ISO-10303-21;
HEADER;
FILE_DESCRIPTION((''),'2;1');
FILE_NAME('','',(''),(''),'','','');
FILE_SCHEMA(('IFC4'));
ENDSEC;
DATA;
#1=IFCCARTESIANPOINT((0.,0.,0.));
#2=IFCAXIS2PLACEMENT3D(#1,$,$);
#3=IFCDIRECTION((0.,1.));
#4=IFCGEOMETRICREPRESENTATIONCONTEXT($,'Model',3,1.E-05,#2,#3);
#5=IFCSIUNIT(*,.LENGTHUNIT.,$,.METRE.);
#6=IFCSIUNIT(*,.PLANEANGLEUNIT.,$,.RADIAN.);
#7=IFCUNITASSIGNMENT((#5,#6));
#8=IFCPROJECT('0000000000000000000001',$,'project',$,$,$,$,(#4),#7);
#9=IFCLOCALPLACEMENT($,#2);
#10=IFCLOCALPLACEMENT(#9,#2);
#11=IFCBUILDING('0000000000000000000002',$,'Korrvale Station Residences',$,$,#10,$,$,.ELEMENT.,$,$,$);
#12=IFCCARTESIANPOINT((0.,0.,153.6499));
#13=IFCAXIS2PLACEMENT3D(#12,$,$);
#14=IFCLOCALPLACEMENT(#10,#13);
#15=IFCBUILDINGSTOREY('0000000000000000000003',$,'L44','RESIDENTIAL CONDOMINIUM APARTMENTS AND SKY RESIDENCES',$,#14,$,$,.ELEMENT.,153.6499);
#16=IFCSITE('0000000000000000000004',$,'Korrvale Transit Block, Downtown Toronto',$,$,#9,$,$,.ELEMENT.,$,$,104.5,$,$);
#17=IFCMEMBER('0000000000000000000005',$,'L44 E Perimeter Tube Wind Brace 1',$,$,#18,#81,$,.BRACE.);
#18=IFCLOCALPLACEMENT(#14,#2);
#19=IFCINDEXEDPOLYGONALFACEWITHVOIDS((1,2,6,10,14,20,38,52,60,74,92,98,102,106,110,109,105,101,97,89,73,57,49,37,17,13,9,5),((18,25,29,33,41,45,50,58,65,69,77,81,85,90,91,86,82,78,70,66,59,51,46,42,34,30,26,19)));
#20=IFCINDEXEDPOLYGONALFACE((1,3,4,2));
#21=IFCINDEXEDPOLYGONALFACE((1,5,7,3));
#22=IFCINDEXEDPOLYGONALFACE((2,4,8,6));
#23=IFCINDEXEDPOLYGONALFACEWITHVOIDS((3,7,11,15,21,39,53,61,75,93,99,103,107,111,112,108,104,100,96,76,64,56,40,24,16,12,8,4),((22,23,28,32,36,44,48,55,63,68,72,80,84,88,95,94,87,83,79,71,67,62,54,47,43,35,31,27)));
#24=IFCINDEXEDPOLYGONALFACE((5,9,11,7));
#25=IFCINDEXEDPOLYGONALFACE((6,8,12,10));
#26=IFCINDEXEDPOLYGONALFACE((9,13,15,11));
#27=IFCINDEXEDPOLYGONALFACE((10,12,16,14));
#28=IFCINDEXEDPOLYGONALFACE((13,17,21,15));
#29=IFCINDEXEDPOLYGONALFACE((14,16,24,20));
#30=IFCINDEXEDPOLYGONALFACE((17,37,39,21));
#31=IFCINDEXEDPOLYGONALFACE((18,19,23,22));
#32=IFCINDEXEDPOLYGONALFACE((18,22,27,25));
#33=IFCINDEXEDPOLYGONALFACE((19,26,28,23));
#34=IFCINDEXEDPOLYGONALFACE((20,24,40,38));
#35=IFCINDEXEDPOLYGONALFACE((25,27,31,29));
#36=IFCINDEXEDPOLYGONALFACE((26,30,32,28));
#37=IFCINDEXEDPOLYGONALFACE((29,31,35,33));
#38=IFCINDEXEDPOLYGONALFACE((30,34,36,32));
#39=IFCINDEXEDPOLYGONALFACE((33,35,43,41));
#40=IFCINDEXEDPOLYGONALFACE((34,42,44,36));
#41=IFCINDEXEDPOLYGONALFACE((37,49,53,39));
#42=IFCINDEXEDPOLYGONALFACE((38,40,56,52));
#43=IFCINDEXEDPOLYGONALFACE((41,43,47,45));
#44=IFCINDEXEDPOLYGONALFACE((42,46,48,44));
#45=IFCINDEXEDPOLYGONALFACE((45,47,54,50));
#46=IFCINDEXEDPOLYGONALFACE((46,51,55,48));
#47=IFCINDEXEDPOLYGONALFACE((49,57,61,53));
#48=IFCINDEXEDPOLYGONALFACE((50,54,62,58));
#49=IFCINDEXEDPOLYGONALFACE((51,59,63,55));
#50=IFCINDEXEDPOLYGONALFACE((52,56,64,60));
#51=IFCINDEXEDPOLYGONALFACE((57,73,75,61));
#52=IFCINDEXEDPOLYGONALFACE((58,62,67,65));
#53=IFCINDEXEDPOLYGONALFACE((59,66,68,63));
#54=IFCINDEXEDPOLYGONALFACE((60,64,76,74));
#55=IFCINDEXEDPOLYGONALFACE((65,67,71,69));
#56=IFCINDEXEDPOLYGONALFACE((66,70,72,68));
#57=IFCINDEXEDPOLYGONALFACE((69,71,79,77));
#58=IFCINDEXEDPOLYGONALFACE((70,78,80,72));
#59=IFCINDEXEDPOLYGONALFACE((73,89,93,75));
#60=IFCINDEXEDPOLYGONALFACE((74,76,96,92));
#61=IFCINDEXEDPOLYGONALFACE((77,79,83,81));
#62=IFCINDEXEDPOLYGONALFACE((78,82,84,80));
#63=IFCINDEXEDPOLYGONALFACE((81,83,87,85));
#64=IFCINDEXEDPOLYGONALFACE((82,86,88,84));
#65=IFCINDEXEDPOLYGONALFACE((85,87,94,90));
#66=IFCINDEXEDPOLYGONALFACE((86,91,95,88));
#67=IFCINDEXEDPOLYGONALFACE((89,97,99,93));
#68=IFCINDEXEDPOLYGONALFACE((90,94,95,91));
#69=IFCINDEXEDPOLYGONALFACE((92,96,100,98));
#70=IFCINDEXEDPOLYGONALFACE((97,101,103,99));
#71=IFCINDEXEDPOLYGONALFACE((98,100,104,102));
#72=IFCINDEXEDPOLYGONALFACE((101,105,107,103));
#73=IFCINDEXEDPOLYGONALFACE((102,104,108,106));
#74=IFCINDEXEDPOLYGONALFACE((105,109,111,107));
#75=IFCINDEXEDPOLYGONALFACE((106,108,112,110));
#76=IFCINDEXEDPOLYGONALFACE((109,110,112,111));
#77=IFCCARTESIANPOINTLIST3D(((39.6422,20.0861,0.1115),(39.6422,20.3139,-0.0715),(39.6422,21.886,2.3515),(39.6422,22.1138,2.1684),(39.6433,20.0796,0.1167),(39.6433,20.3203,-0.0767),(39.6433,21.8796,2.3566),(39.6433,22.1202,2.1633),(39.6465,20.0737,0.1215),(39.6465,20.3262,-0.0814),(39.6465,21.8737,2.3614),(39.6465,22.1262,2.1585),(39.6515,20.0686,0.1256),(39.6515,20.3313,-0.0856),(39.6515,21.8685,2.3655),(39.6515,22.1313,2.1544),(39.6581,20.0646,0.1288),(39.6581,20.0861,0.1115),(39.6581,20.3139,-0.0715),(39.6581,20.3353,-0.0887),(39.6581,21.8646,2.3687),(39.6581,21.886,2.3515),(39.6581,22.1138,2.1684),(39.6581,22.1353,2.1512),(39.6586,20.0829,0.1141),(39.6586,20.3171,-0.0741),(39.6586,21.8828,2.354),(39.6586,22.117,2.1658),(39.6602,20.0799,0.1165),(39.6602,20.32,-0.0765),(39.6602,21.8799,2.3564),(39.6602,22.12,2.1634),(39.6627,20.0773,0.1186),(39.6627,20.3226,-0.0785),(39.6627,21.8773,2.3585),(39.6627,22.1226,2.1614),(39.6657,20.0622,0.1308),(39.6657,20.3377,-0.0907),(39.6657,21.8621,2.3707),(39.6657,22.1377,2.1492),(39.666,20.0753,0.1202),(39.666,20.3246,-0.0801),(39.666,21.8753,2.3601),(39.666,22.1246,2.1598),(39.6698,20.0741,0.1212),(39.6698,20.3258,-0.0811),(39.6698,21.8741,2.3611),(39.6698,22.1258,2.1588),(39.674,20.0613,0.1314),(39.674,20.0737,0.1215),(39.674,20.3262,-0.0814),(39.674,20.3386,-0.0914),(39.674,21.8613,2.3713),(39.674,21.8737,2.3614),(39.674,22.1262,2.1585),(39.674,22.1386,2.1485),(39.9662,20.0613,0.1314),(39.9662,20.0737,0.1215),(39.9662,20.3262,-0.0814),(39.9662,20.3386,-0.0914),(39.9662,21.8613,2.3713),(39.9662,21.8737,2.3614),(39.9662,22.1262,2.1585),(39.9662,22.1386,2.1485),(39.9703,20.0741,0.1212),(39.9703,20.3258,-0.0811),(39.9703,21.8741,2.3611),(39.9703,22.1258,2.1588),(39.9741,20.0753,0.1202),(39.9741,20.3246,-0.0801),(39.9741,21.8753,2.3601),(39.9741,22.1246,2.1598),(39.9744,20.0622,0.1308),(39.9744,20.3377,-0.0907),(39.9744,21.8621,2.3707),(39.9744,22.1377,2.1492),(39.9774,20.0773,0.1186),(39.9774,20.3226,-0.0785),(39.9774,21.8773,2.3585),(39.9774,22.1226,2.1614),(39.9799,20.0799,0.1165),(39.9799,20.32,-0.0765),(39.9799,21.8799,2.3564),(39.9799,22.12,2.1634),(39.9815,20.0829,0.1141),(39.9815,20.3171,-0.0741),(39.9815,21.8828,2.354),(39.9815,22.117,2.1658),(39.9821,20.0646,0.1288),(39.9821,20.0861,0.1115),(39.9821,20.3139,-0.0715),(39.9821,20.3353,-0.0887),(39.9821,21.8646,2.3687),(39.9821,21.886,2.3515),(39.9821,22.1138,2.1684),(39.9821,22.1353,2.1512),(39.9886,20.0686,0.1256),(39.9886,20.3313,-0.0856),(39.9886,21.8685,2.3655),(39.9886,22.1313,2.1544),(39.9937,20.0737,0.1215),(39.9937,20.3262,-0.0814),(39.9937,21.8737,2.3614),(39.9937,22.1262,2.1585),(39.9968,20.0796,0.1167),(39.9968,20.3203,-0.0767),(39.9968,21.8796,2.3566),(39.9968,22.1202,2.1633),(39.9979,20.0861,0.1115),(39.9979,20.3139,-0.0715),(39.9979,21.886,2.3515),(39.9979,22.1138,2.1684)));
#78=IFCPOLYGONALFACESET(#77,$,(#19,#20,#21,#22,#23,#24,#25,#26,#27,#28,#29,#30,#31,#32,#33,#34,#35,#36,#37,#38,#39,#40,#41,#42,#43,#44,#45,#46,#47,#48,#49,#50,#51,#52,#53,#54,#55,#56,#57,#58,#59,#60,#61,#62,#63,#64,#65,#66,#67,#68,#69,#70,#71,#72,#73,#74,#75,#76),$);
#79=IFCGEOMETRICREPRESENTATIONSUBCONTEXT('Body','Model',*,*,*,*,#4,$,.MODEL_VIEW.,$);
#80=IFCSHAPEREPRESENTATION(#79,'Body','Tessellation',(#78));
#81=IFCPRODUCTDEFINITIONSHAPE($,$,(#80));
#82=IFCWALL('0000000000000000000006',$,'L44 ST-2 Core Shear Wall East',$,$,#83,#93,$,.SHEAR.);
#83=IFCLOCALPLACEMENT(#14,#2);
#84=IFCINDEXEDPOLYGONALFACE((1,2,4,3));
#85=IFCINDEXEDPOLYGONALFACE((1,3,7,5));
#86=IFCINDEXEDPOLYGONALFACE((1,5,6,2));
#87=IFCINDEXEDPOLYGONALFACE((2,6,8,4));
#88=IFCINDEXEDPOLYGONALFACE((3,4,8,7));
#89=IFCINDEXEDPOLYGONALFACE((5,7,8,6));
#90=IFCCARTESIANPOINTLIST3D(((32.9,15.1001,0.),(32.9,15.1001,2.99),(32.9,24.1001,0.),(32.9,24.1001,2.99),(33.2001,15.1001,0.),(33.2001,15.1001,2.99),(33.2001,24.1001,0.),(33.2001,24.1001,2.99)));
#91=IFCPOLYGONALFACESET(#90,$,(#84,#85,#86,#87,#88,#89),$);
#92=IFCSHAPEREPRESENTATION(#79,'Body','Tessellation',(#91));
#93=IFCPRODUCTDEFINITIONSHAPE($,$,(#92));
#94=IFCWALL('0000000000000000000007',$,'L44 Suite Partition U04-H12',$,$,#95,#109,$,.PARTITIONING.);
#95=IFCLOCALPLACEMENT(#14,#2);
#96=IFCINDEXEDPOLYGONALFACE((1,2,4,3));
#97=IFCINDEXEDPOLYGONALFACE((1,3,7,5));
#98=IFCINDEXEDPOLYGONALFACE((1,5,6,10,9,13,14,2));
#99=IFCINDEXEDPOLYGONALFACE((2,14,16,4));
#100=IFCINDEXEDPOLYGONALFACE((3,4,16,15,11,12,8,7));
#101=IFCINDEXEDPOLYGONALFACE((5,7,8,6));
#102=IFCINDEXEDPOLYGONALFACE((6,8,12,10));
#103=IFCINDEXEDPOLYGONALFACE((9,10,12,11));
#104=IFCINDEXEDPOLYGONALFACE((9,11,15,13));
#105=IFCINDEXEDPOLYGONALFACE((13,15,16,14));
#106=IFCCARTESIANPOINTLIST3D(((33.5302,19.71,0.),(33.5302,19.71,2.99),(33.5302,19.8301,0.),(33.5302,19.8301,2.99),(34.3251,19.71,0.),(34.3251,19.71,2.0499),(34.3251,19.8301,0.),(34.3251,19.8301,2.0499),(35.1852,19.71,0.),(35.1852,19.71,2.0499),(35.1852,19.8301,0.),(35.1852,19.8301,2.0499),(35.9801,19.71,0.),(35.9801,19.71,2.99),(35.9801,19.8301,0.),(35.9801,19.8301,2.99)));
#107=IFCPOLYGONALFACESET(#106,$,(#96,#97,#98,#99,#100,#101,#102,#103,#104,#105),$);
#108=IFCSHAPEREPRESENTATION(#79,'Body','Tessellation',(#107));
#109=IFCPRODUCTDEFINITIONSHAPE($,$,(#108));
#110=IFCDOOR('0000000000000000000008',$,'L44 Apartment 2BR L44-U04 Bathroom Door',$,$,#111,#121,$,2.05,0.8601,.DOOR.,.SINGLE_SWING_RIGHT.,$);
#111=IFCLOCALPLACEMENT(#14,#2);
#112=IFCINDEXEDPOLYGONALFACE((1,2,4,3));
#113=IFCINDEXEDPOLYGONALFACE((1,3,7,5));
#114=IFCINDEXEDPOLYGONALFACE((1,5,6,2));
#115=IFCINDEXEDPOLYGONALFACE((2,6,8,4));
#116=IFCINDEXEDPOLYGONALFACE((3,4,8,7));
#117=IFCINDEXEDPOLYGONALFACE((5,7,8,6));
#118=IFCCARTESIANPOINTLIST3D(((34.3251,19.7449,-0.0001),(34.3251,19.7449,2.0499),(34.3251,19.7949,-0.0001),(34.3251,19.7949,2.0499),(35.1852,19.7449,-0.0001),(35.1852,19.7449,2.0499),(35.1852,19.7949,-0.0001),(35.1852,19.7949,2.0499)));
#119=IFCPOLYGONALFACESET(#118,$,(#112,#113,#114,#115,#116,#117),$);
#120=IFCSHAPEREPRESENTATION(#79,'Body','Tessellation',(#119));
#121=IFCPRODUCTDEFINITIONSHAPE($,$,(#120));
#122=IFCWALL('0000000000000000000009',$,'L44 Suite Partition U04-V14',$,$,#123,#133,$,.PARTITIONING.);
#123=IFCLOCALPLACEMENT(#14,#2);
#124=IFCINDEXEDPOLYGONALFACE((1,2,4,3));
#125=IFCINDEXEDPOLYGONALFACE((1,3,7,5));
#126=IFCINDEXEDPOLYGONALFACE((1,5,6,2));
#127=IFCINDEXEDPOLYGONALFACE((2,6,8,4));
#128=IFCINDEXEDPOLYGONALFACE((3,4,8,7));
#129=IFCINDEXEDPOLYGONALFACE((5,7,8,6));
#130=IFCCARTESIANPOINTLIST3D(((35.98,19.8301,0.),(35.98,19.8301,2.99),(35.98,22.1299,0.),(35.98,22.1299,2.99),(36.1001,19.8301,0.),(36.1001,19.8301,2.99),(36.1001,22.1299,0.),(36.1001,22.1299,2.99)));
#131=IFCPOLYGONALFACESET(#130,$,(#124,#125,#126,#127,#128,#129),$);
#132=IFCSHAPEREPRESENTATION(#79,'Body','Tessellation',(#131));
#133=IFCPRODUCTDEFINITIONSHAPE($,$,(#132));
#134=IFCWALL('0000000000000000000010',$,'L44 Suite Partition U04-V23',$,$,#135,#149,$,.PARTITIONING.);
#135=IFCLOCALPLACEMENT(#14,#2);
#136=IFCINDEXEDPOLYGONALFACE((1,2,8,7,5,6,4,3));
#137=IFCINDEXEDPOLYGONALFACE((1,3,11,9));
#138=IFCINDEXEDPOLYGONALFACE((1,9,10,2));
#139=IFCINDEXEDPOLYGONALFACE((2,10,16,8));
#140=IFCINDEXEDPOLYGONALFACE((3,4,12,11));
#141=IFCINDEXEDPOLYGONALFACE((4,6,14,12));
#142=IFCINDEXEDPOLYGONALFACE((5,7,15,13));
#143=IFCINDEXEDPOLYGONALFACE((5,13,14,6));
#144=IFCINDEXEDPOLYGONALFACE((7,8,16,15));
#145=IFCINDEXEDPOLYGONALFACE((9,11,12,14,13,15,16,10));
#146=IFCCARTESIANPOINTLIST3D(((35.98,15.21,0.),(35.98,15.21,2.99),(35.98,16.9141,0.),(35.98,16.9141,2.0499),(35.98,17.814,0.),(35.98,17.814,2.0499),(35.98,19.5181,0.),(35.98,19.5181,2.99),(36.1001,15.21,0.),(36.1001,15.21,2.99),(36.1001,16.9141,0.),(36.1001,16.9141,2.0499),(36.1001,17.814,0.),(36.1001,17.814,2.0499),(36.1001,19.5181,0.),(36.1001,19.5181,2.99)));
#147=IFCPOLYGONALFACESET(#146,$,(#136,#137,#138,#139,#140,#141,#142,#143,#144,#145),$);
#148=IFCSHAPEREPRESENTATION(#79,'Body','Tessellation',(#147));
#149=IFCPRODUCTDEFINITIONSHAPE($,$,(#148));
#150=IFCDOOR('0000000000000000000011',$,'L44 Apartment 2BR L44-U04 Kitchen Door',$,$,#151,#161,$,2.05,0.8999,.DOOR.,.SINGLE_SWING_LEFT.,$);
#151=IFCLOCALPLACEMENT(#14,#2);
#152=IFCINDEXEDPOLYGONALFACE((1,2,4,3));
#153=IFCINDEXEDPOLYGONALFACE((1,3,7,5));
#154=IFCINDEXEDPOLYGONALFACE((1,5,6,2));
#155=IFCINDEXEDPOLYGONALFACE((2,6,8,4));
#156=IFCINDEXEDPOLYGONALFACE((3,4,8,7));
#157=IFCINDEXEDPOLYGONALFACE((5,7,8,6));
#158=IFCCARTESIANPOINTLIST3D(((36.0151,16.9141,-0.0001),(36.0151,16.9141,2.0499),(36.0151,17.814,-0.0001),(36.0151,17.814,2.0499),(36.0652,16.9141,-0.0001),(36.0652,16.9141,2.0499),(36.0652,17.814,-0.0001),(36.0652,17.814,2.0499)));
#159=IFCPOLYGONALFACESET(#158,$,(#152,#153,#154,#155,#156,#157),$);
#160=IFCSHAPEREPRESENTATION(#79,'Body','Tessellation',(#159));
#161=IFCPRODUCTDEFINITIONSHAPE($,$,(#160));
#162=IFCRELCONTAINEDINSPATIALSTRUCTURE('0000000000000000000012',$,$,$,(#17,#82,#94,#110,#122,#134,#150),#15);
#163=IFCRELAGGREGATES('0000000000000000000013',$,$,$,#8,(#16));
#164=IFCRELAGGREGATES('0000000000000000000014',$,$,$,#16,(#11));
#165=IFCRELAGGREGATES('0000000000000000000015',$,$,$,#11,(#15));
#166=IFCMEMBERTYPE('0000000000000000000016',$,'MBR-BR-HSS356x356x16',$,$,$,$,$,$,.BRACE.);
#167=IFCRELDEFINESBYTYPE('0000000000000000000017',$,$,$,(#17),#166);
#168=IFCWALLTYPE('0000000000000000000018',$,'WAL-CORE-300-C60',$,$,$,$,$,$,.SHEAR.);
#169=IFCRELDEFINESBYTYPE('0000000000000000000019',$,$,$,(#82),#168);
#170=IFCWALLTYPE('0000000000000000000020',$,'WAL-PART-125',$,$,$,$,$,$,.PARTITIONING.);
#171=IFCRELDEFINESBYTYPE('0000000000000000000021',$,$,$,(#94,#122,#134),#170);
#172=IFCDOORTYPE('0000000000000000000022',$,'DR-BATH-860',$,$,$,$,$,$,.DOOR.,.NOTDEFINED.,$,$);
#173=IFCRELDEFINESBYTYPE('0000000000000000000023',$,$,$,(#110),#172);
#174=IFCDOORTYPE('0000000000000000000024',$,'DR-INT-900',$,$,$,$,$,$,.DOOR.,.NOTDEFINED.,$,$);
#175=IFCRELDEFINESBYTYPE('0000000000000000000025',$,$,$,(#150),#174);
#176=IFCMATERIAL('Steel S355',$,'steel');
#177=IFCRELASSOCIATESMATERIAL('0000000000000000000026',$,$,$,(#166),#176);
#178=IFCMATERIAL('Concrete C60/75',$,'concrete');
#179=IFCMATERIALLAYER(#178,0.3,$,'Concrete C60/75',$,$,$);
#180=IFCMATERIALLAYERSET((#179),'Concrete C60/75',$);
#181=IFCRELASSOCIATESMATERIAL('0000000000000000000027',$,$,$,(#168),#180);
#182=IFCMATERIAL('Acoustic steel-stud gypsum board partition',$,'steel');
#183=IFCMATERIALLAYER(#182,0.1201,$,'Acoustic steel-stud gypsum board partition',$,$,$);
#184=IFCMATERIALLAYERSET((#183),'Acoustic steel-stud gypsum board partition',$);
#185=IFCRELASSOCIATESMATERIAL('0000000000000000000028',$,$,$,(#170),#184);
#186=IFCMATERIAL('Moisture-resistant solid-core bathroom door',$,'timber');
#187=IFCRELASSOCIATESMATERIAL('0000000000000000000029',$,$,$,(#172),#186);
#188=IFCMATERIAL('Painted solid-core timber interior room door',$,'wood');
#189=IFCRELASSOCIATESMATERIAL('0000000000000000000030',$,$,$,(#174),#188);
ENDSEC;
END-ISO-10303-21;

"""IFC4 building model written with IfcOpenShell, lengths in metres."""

from ifc_helpers import new_model, si_unit, direction, frame, frame_2d, origin, origin_2d, place, context, subcontext, project, spatial, rectangle, hollow_rectangle, extrude, material, layer, layer_set, material_profile, profile_set, type_object, element, fill, save


model = new_model("IFC4")

# Units and contexts
model_context = context("Model", 3, precision=1e-05, world=origin(), true_north=direction((0.0, 1.0)))
body_context = subcontext(model_context, "Body", "Model", "MODEL_VIEW")
ifc_project = project(units=[si_unit("LENGTHUNIT", "METRE"), si_unit("PLANEANGLEUNIT", "RADIAN")], contexts=[model_context])

# Site, building, storey
site_placement = place(None, origin())
site = spatial("IfcSite", under=ifc_project, at=site_placement, Name="Korrvale Transit Block, Downtown Toronto", CompositionType="ELEMENT", RefElevation=104.5)
building_placement = place(site_placement, origin())
building = spatial("IfcBuilding", under=site, at=building_placement, Name="Korrvale Station Residences", CompositionType="ELEMENT")
storey_placement = place(building_placement, frame((0.0, 0.0, 153.6499)))
storey = spatial("IfcBuildingStorey", under=building, at=storey_placement, Name="L44", Description="RESIDENTIAL CONDOMINIUM APARTMENTS AND SKY RESIDENCES", CompositionType="ELEMENT", Elevation=153.6499)

# Shared definitions
ifc_material_1 = material(Name="Concrete C60/75", Category="concrete")

# Shared definitions
ifc_material_2 = material(Name="Steel S355", Category="steel")

# Member
ifc_material_profile_1 = material_profile(ifc_material_2, hollow_rectangle(XDim=0.3557, YDim=0.3557, WallThickness=0.0159, InnerFilletRadius=0.0159, OuterFilletRadius=0.0317, at=origin_2d()), Name="HSS356x356x16")
ifc_profile_set_1 = profile_set([ifc_material_profile_1], Name="Steel S355")
member_type = type_object("IfcMemberType", Name="MBR-BR-HSS356x356x16", PredefinedType="BRACE", material=ifc_profile_set_1)
member_placement = place(storey_placement, frame((39.8201, 20.2, 0.02), z_axis=(0.0, 0.626403, 0.779499), x_axis=(-1.0, 0.0, 0.0)))
element("IfcMember", 1, at=member_placement, inside=storey, type_object=member_type, Name="L44 E Perimeter Tube Wind Brace 1", PredefinedType="BRACE", context=body_context, shape_type="SweptSolid", body=[
    extrude(hollow_rectangle(XDim=0.3557, YDim=0.3557, WallThickness=0.0159, InnerFilletRadius=0.0159, OuterFilletRadius=0.0317, at=origin_2d()), origin(), (0.0, 0.0, 1.0), 2.8735),
])

# Wall
ifc_layer_1 = layer(ifc_material_1, 0.3, Name="Concrete C60/75")
ifc_layer_set_1 = layer_set([ifc_layer_1], Name="Concrete C60/75")
wall_type_1 = type_object("IfcWallType", Name="WAL-CORE-300-C60", PredefinedType="SHEAR", material=ifc_layer_set_1)
wall_1_placement = place(storey_placement, frame((33.05, 15.1001, 0.0), z_axis=(0.0, 0.0, 1.0), x_axis=(0.0, 1.0, 0.0)))
element("IfcWall", 2, at=wall_1_placement, inside=storey, type_object=wall_type_1, Name="L44 ST-2 Core Shear Wall East", PredefinedType="SHEAR", context=body_context, shape_type="SweptSolid", body=[
    extrude(rectangle(XDim=9.0, YDim=0.3, at=frame_2d((4.5, 0.0))), origin(), (0.0, 0.0, 1.0), 2.99),
])

# Wall, opening, door
ifc_material_3 = material(Name="Acoustic steel-stud gypsum board partition", Category="steel")
ifc_layer_2 = layer(ifc_material_3, 0.1201, Name="Acoustic steel-stud gypsum board partition")
ifc_layer_set_2 = layer_set([ifc_layer_2], Name="Acoustic steel-stud gypsum board partition")
wall_type_2 = type_object("IfcWallType", Name="WAL-PART-125", PredefinedType="PARTITIONING", material=ifc_layer_set_2)
wall_2_placement = place(storey_placement, frame((33.53, 19.77, 0.0), z_axis=(0.0, 0.0, 1.0), x_axis=(1.0, 0.0, 0.0)))
wall_2 = element("IfcWall", 3, at=wall_2_placement, inside=storey, type_object=wall_type_2, Name="L44 Suite Partition U04-H12", PredefinedType="PARTITIONING", context=body_context, shape_type="SweptSolid", body=[
    extrude(rectangle(XDim=2.45, YDim=0.1201, at=frame_2d((1.2251, 0.0))), origin(), (0.0, 0.0, 1.0), 2.99),
])
opening_1_placement = place(wall_2_placement, frame((0.7949, 0.0, 0.0)))
opening_1 = element("IfcOpeningElement", 4, at=opening_1_placement, cuts=wall_2, PredefinedType="OPENING", context=body_context, shape_type="SweptSolid", body=[
    extrude(rectangle(XDim=0.8601, YDim=2.05, at=frame_2d((0.4302, 1.0249))), frame((0.0, 0.0701, 0.0), z_axis=(0.0, -1.0, 0.0), x_axis=(1.0, 0.0, 0.0)), (0.0, 0.0, 1.0), 0.1401),
])
ifc_material_4 = material(Name="Moisture-resistant solid-core bathroom door", Category="timber")
door_type_1 = type_object("IfcDoorType", Name="DR-BATH-860", OperationType="NOTDEFINED", PredefinedType="DOOR", material=ifc_material_4)
door_1_placement = place(opening_1_placement, origin())
door_1 = element("IfcDoor", 5, at=door_1_placement, inside=storey, type_object=door_type_1, Name="L44 Apartment 2BR L44-U04 Bathroom Door", OperationType="SINGLE_SWING_RIGHT", OverallHeight=2.05, OverallWidth=0.8601, PredefinedType="DOOR", context=body_context, shape_type="SweptSolid", body=[
    extrude(rectangle(XDim=0.8601, YDim=2.05, at=frame_2d((0.4302, 1.0249))), frame((0.0, 0.0249, 0.0), z_axis=(0.0, -1.0, 0.0), x_axis=(1.0, 0.0, 0.0)), (0.0, 0.0, 1.0), 0.05),
])
fill(opening_1, door_1)

# Wall
wall_3_placement = place(storey_placement, frame((36.04, 19.8301, 0.0), z_axis=(0.0, 0.0, 1.0), x_axis=(0.0, 1.0, 0.0)))
element("IfcWall", 6, at=wall_3_placement, inside=storey, type_object=wall_type_2, Name="L44 Suite Partition U04-V14", PredefinedType="PARTITIONING", context=body_context, shape_type="SweptSolid", body=[
    extrude(rectangle(XDim=2.2998, YDim=0.1201, at=frame_2d((1.1499, 0.0))), origin(), (0.0, 0.0, 1.0), 2.99),
])

# Wall, opening, door
wall_4_placement = place(storey_placement, frame((36.04, 15.21, 0.0), z_axis=(0.0, 0.0, 1.0), x_axis=(0.0, 1.0, 0.0)))
wall_4 = element("IfcWall", 7, at=wall_4_placement, inside=storey, type_object=wall_type_2, Name="L44 Suite Partition U04-V23", PredefinedType="PARTITIONING", context=body_context, shape_type="SweptSolid", body=[
    extrude(rectangle(XDim=4.3081, YDim=0.1201, at=frame_2d((2.1541, 0.0))), origin(), (0.0, 0.0, 1.0), 2.99),
])
opening_2_placement = place(wall_4_placement, frame((1.7041, 0.0, 0.0)))
opening_2 = element("IfcOpeningElement", 8, at=opening_2_placement, cuts=wall_4, PredefinedType="OPENING", context=body_context, shape_type="SweptSolid", body=[
    extrude(rectangle(XDim=0.8999, YDim=2.05, at=frame_2d((0.45, 1.0249))), frame((0.0, 0.0701, 0.0), z_axis=(0.0, -1.0, 0.0), x_axis=(1.0, 0.0, 0.0)), (0.0, 0.0, 1.0), 0.1401),
])
ifc_material_5 = material(Name="Painted solid-core timber interior room door", Category="wood")
door_type_2 = type_object("IfcDoorType", Name="DR-INT-900", OperationType="NOTDEFINED", PredefinedType="DOOR", material=ifc_material_5)
door_2_placement = place(opening_2_placement, origin())
door_2 = element("IfcDoor", 9, at=door_2_placement, inside=storey, type_object=door_type_2, Name="L44 Apartment 2BR L44-U04 Kitchen Door", OperationType="SINGLE_SWING_LEFT", OverallHeight=2.05, OverallWidth=0.8999, PredefinedType="DOOR", context=body_context, shape_type="SweptSolid", body=[
    extrude(rectangle(XDim=0.8999, YDim=2.05, at=frame_2d((0.45, 1.0249))), frame((0.0, 0.0249, 0.0), z_axis=(0.0, -1.0, 0.0), x_axis=(1.0, 0.0, 0.0)), (0.0, 0.0, 1.0), 0.05),
])
fill(opening_2, door_2)

save(model, "model.ifc")
